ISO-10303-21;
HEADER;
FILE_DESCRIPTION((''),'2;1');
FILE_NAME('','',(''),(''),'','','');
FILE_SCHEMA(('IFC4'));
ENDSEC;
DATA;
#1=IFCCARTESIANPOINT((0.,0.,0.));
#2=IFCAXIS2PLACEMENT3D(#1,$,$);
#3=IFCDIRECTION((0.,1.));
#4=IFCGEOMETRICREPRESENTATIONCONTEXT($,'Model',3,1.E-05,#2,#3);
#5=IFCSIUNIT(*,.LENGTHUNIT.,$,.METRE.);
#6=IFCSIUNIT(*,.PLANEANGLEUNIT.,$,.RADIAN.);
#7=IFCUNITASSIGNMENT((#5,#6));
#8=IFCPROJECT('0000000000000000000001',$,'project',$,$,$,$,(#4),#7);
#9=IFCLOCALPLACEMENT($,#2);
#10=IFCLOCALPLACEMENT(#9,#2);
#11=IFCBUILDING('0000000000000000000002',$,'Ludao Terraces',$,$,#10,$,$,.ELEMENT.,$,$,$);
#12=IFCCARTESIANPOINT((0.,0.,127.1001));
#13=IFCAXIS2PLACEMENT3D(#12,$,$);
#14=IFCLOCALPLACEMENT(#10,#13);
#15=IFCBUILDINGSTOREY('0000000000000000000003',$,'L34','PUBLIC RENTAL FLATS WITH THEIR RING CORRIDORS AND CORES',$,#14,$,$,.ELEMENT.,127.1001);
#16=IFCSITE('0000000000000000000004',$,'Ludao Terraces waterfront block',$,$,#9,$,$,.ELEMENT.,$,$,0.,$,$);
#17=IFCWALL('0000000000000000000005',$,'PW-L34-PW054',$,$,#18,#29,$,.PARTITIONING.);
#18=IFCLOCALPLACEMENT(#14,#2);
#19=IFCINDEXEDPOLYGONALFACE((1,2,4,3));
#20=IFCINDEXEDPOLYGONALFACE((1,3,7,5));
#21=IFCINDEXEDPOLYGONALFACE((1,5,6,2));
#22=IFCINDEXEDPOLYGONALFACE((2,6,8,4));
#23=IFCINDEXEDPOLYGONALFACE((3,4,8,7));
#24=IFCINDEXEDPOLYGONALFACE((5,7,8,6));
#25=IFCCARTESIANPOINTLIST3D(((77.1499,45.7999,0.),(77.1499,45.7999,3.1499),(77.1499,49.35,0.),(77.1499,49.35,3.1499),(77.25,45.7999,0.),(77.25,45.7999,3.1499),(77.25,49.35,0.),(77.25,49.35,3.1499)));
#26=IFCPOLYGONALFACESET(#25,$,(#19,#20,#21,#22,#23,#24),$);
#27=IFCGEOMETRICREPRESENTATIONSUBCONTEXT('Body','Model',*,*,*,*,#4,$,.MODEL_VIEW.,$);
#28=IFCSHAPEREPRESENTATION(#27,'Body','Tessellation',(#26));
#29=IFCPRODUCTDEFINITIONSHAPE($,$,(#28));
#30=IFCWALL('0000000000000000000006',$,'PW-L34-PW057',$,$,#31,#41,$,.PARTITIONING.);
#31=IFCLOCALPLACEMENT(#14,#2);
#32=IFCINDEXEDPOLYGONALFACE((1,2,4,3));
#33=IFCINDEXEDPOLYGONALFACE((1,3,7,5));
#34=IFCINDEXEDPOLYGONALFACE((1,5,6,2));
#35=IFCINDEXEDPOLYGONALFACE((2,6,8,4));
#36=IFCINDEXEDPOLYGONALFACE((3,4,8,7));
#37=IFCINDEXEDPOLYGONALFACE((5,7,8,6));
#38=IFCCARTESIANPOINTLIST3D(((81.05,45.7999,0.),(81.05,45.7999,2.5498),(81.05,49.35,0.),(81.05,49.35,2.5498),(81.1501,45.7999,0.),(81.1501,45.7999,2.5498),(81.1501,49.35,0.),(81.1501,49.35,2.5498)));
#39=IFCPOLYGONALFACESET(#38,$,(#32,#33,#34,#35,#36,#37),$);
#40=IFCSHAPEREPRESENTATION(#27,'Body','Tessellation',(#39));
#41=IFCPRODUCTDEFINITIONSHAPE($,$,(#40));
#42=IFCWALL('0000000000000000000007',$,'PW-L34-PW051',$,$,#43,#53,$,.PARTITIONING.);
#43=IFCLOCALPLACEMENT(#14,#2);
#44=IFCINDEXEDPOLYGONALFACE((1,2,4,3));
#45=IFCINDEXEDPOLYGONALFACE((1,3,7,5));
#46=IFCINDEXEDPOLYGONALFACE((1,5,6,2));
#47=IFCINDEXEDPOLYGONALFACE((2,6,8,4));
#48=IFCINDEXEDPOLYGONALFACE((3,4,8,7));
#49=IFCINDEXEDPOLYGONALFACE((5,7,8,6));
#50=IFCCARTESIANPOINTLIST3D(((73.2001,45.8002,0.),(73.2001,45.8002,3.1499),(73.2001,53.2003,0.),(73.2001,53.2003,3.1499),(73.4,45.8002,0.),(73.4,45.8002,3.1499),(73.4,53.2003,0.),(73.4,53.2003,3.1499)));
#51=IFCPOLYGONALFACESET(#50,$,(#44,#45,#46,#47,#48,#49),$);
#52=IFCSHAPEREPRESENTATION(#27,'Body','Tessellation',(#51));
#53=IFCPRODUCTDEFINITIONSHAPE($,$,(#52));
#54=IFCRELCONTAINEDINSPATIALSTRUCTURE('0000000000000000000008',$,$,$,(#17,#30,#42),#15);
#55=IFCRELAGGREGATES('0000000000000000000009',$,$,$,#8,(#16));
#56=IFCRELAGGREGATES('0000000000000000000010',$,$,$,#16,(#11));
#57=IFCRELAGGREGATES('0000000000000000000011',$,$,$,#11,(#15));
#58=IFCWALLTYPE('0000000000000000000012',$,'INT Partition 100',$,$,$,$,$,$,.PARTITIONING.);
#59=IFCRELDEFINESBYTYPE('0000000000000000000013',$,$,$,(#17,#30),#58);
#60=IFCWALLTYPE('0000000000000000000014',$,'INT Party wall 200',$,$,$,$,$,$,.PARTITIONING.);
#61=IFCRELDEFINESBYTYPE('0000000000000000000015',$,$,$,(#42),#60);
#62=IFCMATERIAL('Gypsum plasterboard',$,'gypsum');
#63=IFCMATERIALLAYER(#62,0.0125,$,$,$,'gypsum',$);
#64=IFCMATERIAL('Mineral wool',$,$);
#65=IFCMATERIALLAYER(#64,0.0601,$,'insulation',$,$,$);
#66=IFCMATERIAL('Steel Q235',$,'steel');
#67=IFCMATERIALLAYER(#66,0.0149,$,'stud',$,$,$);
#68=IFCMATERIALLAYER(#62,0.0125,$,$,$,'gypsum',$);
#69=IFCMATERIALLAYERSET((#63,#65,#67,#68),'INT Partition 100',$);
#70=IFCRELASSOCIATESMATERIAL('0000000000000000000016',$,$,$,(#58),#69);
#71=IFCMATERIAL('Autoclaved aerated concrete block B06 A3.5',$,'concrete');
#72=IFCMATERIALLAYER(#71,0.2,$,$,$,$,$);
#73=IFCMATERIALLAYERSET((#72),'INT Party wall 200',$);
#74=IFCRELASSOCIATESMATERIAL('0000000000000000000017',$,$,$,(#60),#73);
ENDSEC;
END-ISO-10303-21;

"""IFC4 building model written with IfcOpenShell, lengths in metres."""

from ifc_helpers import new_model, si_unit, direction, frame, frame_2d, origin, place, context, subcontext, project, spatial, rectangle, extrude, material, layer, layer_set, type_object, element, save


model = new_model("IFC4")

# Units and contexts
model_context = context("Model", 3, precision=1e-05, world=origin(), true_north=direction((0.0, 1.0)))
body_context = subcontext(model_context, "Body", "Model", "MODEL_VIEW")
ifc_project = project(units=[si_unit("LENGTHUNIT", "METRE"), si_unit("PLANEANGLEUNIT", "RADIAN")], contexts=[model_context])

# Site, building, storey
site_placement = place(None, origin())
site = spatial("IfcSite", under=ifc_project, at=site_placement, Name="Ludao Terraces waterfront block", CompositionType="ELEMENT", RefElevation=0.0)
building_placement = place(site_placement, origin())
building = spatial("IfcBuilding", under=site, at=building_placement, Name="Ludao Terraces", CompositionType="ELEMENT")
storey_placement = place(building_placement, frame((0.0, 0.0, 127.1001)))
storey = spatial("IfcBuildingStorey", under=building, at=storey_placement, Name="L34", Description="PUBLIC RENTAL FLATS WITH THEIR RING CORRIDORS AND CORES", CompositionType="ELEMENT", Elevation=127.1001)

# Shared definitions
ifc_material_1 = material(Name="Mineral wool")

# Walls
ifc_material_2 = material(Name="Gypsum plasterboard", Category="gypsum")
ifc_layer_1 = layer(ifc_material_2, 0.0125, Category="gypsum")
ifc_layer_2 = layer(ifc_material_1, 0.0601, Name="insulation")
ifc_material_3 = material(Name="Steel Q235", Category="steel")
ifc_layer_3 = layer(ifc_material_3, 0.0149, Name="stud")
ifc_layer_4 = layer(ifc_material_2, 0.0125, Category="gypsum")
ifc_layer_set_1 = layer_set([ifc_layer_1, ifc_layer_2, ifc_layer_3, ifc_layer_4], Name="INT Partition 100")
wall_type_1 = type_object("IfcWallType", Name="INT Partition 100", PredefinedType="PARTITIONING", material=ifc_layer_set_1)
wall_1_placement = place(storey_placement, frame((77.2, 45.8, 0.0), z_axis=(0.0, 0.0, 1.0), x_axis=(0.0, 1.0, 0.0)))
element("IfcWall", 1, at=wall_1_placement, inside=storey, type_object=wall_type_1, Name="PW-L34-PW054", PredefinedType="PARTITIONING", context=body_context, shape_type="SweptSolid", body=[
    extrude(rectangle(XDim=3.55, YDim=0.1001, at=frame_2d((1.7749, 0.0))), origin(), (0.0, 0.0, 1.0), 3.1499),
])
wall_2_placement = place(storey_placement, frame((81.1001, 45.8, 0.0), z_axis=(0.0, 0.0, 1.0), x_axis=(0.0, 1.0, 0.0)))
element("IfcWall", 2, at=wall_2_placement, inside=storey, type_object=wall_type_1, Name="PW-L34-PW057", PredefinedType="PARTITIONING", context=body_context, shape_type="SweptSolid", body=[
    extrude(rectangle(XDim=3.55, YDim=0.1001, at=frame_2d((1.7749, 0.0))), origin(), (0.0, 0.0, 1.0), 2.5498),
])
ifc_material_4 = material(Name="Autoclaved aerated concrete block B06 A3.5", Category="concrete")
ifc_layer_5 = layer(ifc_material_4, 0.2)
ifc_layer_set_2 = layer_set([ifc_layer_5], Name="INT Party wall 200")
wall_type_2 = type_object("IfcWallType", Name="INT Party wall 200", PredefinedType="PARTITIONING", material=ifc_layer_set_2)
wall_3_placement = place(storey_placement, frame((73.3, 45.8, 0.0), z_axis=(0.0, 0.0, 1.0), x_axis=(0.0, 1.0, 0.0)))
element("IfcWall", 3, at=wall_3_placement, inside=storey, type_object=wall_type_2, Name="PW-L34-PW051", PredefinedType="PARTITIONING", context=body_context, shape_type="SweptSolid", body=[
    extrude(rectangle(XDim=7.4001, YDim=0.2, at=frame_2d((3.7002, 0.0))), origin(), (0.0, 0.0, 1.0), 3.1499),
])

save(model, "model.ifc")
